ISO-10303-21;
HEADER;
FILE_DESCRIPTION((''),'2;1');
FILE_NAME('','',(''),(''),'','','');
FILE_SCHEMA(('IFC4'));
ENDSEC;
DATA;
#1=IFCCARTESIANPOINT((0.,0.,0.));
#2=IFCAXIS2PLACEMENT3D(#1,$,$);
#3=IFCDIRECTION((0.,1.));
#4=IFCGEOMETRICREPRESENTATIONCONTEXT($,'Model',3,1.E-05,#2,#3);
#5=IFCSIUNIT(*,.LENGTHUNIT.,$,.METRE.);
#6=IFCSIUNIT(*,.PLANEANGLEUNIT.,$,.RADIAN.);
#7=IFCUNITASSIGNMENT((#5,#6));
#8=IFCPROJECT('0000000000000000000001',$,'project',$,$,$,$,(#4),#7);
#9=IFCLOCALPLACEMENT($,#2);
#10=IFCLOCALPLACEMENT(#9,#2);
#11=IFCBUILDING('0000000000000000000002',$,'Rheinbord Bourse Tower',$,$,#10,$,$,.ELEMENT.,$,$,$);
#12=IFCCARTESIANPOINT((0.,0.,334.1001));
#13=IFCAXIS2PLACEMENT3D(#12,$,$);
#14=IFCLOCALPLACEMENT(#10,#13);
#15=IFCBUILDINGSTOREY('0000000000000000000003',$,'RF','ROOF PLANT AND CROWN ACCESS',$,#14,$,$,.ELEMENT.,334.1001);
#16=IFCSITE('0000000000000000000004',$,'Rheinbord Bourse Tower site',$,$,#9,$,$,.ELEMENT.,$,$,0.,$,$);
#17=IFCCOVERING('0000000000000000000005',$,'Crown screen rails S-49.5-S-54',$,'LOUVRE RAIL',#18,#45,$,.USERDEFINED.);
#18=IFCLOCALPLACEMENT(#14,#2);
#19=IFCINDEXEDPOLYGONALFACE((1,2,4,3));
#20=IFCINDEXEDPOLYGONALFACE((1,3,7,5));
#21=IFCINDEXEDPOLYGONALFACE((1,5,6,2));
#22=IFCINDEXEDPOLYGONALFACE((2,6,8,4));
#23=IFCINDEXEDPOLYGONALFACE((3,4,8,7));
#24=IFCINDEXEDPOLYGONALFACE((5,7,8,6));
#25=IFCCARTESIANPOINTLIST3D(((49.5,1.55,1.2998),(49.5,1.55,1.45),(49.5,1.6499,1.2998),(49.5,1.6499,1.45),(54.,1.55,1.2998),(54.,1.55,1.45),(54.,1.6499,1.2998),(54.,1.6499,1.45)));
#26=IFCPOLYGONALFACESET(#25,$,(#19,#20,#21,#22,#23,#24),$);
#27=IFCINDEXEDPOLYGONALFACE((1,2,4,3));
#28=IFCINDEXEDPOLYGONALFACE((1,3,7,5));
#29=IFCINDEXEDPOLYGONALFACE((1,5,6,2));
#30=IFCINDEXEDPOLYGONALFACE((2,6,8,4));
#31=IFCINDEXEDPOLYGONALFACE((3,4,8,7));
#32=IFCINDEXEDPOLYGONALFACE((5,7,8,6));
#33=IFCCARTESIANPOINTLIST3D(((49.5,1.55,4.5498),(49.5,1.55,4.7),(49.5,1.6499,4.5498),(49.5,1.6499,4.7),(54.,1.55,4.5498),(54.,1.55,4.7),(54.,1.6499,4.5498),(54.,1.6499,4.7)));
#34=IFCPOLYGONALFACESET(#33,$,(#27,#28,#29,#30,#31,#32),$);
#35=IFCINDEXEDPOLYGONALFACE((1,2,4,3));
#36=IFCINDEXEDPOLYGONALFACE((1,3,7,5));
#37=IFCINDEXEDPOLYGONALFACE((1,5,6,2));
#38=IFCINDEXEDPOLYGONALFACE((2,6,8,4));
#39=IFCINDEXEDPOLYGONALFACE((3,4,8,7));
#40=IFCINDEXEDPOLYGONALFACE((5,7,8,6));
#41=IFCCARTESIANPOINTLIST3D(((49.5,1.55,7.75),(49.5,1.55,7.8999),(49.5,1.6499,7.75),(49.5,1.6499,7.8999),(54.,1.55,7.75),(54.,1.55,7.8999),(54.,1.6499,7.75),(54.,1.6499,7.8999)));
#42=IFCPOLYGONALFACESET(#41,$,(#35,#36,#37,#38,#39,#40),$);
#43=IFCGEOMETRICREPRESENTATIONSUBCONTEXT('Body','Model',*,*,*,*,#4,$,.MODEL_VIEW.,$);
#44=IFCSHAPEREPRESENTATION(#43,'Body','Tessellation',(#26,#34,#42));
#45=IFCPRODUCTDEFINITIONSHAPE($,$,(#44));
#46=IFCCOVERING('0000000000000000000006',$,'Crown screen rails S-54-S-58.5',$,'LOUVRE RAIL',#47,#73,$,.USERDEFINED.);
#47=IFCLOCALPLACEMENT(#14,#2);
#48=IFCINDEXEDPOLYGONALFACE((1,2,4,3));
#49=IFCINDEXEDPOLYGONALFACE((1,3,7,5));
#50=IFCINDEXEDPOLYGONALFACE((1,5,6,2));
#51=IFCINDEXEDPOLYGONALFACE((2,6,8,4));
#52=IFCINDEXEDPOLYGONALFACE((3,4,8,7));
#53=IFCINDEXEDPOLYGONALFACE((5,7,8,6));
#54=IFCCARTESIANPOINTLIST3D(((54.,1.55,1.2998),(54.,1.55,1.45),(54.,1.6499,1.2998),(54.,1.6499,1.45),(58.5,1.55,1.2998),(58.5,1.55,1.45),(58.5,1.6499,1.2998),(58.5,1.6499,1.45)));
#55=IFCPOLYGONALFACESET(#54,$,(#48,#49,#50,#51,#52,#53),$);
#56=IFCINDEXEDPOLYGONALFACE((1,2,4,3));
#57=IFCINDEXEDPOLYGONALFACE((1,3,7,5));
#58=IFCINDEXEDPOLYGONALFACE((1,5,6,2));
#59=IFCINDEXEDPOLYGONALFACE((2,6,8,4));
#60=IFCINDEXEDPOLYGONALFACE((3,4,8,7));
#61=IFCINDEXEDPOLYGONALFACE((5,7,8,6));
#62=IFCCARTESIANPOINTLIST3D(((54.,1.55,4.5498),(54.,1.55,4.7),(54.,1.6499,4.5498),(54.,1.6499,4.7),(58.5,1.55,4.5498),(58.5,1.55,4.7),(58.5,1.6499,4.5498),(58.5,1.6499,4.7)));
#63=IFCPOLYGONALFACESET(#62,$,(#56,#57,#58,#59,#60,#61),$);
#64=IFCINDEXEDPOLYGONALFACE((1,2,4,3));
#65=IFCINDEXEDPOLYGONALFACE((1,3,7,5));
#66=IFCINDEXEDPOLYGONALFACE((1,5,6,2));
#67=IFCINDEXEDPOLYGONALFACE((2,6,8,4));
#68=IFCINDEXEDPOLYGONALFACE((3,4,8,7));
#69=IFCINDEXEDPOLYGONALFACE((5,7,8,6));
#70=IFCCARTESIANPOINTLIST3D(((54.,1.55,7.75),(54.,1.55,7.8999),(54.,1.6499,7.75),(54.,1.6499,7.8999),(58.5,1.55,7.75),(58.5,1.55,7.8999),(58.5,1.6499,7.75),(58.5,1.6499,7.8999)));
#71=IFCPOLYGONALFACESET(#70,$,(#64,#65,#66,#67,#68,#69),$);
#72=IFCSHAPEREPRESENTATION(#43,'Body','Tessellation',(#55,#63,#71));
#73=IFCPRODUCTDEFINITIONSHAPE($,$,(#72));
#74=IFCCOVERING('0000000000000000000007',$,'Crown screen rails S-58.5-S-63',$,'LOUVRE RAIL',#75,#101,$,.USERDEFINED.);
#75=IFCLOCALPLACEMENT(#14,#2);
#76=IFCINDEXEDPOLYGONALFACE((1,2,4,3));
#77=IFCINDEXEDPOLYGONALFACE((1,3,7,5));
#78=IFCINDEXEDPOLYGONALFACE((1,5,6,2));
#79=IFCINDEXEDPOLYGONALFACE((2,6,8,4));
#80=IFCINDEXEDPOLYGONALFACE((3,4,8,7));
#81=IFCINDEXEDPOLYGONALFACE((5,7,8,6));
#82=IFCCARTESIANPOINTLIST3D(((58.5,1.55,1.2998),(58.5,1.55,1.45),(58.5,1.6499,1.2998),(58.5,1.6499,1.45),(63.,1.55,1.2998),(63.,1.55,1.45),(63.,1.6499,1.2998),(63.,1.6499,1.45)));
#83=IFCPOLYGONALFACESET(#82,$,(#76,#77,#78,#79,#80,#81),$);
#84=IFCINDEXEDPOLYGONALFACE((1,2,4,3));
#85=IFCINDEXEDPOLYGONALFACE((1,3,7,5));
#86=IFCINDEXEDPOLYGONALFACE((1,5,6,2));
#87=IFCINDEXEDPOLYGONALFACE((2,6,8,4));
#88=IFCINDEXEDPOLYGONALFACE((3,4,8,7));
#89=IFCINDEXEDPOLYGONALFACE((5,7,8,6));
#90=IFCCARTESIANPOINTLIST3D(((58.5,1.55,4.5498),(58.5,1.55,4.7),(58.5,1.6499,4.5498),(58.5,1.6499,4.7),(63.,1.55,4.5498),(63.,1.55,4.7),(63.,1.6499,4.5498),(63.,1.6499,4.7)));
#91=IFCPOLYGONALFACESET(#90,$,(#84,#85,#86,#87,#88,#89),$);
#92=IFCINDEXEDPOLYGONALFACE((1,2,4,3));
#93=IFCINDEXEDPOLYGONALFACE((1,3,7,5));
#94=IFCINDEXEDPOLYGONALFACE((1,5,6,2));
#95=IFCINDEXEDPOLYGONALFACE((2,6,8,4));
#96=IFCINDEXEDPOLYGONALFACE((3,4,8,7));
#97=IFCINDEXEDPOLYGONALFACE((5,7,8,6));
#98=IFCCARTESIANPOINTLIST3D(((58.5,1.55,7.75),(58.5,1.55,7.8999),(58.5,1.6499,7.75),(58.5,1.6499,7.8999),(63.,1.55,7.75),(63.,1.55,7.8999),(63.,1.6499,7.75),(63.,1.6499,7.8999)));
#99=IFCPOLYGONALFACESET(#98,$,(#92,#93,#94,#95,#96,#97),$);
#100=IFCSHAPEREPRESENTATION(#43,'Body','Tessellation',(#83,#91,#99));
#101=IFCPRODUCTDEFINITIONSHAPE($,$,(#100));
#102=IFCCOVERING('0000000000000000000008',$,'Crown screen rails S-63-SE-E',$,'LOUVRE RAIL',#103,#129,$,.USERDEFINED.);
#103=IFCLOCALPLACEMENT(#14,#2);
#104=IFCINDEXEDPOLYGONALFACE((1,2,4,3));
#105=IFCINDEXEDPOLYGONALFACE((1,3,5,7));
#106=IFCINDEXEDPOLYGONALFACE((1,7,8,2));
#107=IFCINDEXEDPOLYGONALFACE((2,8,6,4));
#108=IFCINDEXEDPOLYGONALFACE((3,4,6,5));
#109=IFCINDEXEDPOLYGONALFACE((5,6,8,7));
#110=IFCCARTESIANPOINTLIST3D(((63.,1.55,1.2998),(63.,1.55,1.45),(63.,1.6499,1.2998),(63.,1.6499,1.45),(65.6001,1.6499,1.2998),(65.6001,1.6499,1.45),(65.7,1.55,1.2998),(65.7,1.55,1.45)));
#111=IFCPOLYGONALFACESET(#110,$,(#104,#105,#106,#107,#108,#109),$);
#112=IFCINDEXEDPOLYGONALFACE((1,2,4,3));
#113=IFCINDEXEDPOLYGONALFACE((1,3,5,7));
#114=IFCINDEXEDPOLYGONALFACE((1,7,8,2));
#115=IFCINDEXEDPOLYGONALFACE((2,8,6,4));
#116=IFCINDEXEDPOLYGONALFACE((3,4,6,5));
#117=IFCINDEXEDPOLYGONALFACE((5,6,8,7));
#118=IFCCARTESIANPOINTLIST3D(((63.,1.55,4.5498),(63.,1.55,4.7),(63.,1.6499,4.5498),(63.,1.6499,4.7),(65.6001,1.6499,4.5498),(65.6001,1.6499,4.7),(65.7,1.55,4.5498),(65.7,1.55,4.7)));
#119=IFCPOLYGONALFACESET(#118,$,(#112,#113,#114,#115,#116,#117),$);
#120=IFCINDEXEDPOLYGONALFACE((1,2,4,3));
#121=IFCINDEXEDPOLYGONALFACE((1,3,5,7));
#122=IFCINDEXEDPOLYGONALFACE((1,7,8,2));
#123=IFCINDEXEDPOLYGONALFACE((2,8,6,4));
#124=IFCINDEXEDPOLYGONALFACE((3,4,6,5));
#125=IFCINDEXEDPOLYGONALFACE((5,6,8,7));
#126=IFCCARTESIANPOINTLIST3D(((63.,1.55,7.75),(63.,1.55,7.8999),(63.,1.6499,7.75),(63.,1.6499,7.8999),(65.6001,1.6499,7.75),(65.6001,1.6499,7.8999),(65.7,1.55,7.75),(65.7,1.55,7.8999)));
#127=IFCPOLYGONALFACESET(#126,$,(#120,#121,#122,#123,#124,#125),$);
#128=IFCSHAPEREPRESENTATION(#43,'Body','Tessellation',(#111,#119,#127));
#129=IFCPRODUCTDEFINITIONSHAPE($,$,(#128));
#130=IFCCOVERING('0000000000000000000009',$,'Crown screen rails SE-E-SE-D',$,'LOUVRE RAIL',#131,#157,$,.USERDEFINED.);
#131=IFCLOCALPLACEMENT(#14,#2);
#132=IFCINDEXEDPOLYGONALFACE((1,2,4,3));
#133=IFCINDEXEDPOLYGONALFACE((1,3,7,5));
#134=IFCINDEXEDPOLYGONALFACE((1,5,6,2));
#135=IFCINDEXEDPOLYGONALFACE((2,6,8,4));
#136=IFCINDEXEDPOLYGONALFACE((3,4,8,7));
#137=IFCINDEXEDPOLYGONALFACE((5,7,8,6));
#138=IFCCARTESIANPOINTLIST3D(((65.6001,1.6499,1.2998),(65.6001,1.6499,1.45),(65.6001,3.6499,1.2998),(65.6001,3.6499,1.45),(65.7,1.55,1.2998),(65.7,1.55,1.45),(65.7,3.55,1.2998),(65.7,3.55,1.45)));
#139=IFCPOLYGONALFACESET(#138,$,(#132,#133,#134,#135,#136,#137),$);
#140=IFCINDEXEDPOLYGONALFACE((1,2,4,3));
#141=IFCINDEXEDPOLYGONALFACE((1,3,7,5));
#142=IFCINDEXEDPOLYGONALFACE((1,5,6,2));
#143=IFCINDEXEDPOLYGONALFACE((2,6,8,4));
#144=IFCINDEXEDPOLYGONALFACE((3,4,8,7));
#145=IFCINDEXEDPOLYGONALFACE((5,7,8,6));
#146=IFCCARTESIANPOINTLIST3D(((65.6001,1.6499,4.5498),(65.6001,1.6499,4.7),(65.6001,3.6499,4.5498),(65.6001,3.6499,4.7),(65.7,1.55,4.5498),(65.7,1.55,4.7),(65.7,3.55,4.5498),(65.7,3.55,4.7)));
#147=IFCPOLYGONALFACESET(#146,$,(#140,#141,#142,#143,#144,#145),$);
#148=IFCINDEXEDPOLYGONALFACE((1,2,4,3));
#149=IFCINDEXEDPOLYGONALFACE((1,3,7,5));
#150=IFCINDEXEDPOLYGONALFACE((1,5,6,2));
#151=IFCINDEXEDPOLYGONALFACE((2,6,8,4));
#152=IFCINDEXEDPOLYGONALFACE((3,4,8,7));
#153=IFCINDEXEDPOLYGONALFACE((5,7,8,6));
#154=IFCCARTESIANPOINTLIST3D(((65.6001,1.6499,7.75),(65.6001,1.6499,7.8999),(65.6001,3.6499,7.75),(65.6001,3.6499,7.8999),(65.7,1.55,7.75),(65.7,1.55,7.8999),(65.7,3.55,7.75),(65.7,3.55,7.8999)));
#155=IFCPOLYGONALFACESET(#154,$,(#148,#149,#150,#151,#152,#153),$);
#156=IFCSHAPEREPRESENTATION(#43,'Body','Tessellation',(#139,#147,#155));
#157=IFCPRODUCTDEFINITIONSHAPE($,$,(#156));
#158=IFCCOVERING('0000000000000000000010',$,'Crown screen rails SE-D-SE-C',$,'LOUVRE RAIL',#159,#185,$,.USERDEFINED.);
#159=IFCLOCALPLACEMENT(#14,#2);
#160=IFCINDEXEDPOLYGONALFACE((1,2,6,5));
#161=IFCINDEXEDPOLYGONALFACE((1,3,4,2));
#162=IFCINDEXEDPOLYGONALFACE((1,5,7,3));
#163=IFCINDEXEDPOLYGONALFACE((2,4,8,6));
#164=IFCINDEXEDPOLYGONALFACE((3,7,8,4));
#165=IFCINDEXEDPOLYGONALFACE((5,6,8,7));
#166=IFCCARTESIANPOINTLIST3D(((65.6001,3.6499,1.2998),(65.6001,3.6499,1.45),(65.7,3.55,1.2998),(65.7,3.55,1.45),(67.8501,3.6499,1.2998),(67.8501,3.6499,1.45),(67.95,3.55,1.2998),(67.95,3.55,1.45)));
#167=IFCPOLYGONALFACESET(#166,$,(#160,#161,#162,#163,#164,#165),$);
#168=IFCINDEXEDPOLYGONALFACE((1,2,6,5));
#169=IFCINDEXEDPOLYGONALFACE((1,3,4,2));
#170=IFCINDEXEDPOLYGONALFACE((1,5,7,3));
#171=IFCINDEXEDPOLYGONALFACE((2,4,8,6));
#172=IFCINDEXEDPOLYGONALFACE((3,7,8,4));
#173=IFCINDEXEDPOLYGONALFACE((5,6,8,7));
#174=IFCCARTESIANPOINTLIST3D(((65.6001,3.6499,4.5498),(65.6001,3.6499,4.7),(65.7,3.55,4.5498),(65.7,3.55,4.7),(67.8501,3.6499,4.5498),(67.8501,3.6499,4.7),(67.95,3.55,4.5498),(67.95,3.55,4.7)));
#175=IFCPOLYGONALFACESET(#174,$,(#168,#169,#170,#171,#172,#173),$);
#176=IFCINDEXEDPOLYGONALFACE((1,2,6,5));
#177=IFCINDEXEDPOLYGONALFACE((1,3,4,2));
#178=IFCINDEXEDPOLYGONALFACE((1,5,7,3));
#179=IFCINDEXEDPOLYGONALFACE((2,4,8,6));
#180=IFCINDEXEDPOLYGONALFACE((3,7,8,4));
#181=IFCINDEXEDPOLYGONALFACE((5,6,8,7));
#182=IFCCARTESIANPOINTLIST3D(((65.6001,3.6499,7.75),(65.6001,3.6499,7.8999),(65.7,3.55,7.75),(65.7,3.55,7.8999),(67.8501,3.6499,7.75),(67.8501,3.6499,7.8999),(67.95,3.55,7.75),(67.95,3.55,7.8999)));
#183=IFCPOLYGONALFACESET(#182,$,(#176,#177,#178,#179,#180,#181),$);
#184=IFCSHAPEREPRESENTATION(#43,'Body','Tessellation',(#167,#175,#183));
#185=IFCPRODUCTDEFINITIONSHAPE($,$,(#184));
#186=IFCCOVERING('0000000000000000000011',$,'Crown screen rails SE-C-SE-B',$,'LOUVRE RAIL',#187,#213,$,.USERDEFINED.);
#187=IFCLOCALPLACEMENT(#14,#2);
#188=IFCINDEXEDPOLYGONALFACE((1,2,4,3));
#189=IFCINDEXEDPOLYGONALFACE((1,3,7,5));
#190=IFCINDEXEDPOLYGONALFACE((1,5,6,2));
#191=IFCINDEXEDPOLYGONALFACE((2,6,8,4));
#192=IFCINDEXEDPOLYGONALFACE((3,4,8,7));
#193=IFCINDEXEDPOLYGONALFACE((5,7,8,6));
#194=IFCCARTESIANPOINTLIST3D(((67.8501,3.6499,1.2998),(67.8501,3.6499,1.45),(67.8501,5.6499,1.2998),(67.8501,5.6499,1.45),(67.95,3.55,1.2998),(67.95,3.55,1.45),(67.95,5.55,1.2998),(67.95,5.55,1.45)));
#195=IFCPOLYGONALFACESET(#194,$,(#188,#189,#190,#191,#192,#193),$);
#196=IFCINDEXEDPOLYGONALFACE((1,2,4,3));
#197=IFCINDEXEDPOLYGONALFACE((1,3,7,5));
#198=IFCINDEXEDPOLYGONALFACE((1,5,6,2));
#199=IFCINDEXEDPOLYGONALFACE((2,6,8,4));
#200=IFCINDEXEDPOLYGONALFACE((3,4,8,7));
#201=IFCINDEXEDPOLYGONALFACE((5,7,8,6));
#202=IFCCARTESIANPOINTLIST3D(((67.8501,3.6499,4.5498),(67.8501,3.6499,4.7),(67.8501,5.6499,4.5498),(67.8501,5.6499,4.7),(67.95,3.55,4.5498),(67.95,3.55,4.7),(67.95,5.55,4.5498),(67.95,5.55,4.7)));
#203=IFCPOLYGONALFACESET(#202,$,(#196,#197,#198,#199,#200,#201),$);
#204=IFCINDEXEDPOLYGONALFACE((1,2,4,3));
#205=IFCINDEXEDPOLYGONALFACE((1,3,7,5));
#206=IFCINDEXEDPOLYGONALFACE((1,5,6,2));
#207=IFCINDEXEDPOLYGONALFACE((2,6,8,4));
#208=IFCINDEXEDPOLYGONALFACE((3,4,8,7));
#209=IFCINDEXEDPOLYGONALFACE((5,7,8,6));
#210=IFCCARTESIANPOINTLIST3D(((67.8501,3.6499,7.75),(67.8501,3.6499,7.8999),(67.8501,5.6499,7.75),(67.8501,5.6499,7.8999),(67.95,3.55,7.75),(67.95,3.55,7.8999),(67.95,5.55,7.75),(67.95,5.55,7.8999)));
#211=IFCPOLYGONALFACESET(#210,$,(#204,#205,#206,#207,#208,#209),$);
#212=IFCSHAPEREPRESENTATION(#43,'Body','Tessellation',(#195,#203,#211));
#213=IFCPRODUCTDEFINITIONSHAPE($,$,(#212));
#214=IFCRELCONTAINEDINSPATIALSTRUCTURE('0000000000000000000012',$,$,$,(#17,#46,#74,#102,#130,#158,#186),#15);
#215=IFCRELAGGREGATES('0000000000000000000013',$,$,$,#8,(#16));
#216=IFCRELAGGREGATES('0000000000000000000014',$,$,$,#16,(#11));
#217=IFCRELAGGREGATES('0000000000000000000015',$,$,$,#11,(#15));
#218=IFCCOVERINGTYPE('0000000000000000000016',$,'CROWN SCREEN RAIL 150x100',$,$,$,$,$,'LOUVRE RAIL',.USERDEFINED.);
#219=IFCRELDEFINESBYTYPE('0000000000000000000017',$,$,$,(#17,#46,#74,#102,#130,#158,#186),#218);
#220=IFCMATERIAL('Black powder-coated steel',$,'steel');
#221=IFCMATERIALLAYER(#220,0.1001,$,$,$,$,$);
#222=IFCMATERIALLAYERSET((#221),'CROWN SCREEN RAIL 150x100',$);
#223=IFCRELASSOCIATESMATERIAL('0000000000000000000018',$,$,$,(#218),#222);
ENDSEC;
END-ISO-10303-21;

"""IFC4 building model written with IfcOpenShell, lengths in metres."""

from ifc_helpers import new_model, si_unit, direction, frame, origin, place, context, subcontext, project, spatial, polyline, outline, extrude, material, layer, layer_set, type_object, element, save


model = new_model("IFC4")

# Units and contexts
model_context = context("Model", 3, precision=1e-05, world=origin(), true_north=direction((0.0, 1.0)))
body_context = subcontext(model_context, "Body", "Model", "MODEL_VIEW")
ifc_project = project(units=[si_unit("LENGTHUNIT", "METRE"), si_unit("PLANEANGLEUNIT", "RADIAN")], contexts=[model_context])

# Site, building, storey
site_placement = place(None, origin())
site = spatial("IfcSite", under=ifc_project, at=site_placement, Name="Rheinbord Bourse Tower site", CompositionType="ELEMENT", RefElevation=0.0)
building_placement = place(site_placement, origin())
building = spatial("IfcBuilding", under=site, at=building_placement, Name="Rheinbord Bourse Tower", CompositionType="ELEMENT")
storey_placement = place(building_placement, frame((0.0, 0.0, 334.1001)))
storey = spatial("IfcBuildingStorey", under=building, at=storey_placement, Name="RF", Description="ROOF PLANT AND CROWN ACCESS", CompositionType="ELEMENT", Elevation=334.1001)

# Coverings
ifc_material_1 = material(Name="Black powder-coated steel", Category="steel")
ifc_layer_1 = layer(ifc_material_1, 0.1001)
ifc_layer_set_1 = layer_set([ifc_layer_1], Name="CROWN SCREEN RAIL 150x100")
covering_type_1 = type_object("IfcCoveringType", Name="CROWN SCREEN RAIL 150x100", ElementType="LOUVRE RAIL", PredefinedType="USERDEFINED", material=ifc_layer_set_1)
covering_1_placement = place(storey_placement, frame((0.0, 0.0, 1.2998)))
element("IfcCovering", 1, at=covering_1_placement, inside=storey, type_object=covering_type_1, Name="Crown screen rails S-49.5-S-54", ObjectType="LOUVRE RAIL", PredefinedType="USERDEFINED", context=body_context, shape_type="SweptSolid", body=[
    extrude(outline(polyline([(49.5, 1.6499), (54.0, 1.6499), (54.0, 1.55), (49.5, 1.55), (49.5, 1.6499)])), origin(), (0.0, 0.0, 1.0), 0.1501),
    extrude(outline(polyline([(49.5, 1.6499), (54.0, 1.6499), (54.0, 1.55), (49.5, 1.55), (49.5, 1.6499)])), frame((0.0, 0.0, 3.25)), (0.0, 0.0, 1.0), 0.1501),
    extrude(outline(polyline([(49.5, 1.6499), (54.0, 1.6499), (54.0, 1.55), (49.5, 1.55), (49.5, 1.6499)])), frame((0.0, 0.0, 6.4502)), (0.0, 0.0, 1.0), 0.1499),
])
covering_2_placement = place(storey_placement, frame((0.0, 0.0, 1.2998)))
element("IfcCovering", 2, at=covering_2_placement, inside=storey, type_object=covering_type_1, Name="Crown screen rails S-54-S-58.5", ObjectType="LOUVRE RAIL", PredefinedType="USERDEFINED", context=body_context, shape_type="SweptSolid", body=[
    extrude(outline(polyline([(54.0, 1.6499), (58.5, 1.6499), (58.5, 1.55), (54.0, 1.55), (54.0, 1.6499)])), origin(), (0.0, 0.0, 1.0), 0.1501),
    extrude(outline(polyline([(54.0, 1.6499), (58.5, 1.6499), (58.5, 1.55), (54.0, 1.55), (54.0, 1.6499)])), frame((0.0, 0.0, 3.25)), (0.0, 0.0, 1.0), 0.1501),
    extrude(outline(polyline([(54.0, 1.6499), (58.5, 1.6499), (58.5, 1.55), (54.0, 1.55), (54.0, 1.6499)])), frame((0.0, 0.0, 6.4502)), (0.0, 0.0, 1.0), 0.1499),
])
covering_3_placement = place(storey_placement, frame((0.0, 0.0, 1.2998)))
element("IfcCovering", 3, at=covering_3_placement, inside=storey, type_object=covering_type_1, Name="Crown screen rails S-58.5-S-63", ObjectType="LOUVRE RAIL", PredefinedType="USERDEFINED", context=body_context, shape_type="SweptSolid", body=[
    extrude(outline(polyline([(58.5, 1.6499), (63.0, 1.6499), (63.0, 1.55), (58.5, 1.55), (58.5, 1.6499)])), origin(), (0.0, 0.0, 1.0), 0.1501),
    extrude(outline(polyline([(58.5, 1.6499), (63.0, 1.6499), (63.0, 1.55), (58.5, 1.55), (58.5, 1.6499)])), frame((0.0, 0.0, 3.25)), (0.0, 0.0, 1.0), 0.1501),
    extrude(outline(polyline([(58.5, 1.6499), (63.0, 1.6499), (63.0, 1.55), (58.5, 1.55), (58.5, 1.6499)])), frame((0.0, 0.0, 6.4502)), (0.0, 0.0, 1.0), 0.1499),
])
covering_4_placement = place(storey_placement, frame((0.0, 0.0, 1.2998)))
element("IfcCovering", 4, at=covering_4_placement, inside=storey, type_object=covering_type_1, Name="Crown screen rails S-63-SE-E", ObjectType="LOUVRE RAIL", PredefinedType="USERDEFINED", context=body_context, shape_type="SweptSolid", body=[
    extrude(outline(polyline([(63.0, 1.6499), (65.6001, 1.6499), (65.7, 1.55), (63.0, 1.55), (63.0, 1.6499)])), origin(), (0.0, 0.0, 1.0), 0.1501),
    extrude(outline(polyline([(63.0, 1.6499), (65.6001, 1.6499), (65.7, 1.55), (63.0, 1.55), (63.0, 1.6499)])), frame((0.0, 0.0, 3.25)), (0.0, 0.0, 1.0), 0.1501),
    extrude(outline(polyline([(63.0, 1.6499), (65.6001, 1.6499), (65.7, 1.55), (63.0, 1.55), (63.0, 1.6499)])), frame((0.0, 0.0, 6.4502)), (0.0, 0.0, 1.0), 0.1499),
])
covering_5_placement = place(storey_placement, frame((0.0, 0.0, 1.2998)))
element("IfcCovering", 5, at=covering_5_placement, inside=storey, type_object=covering_type_1, Name="Crown screen rails SE-E-SE-D", ObjectType="LOUVRE RAIL", PredefinedType="USERDEFINED", context=body_context, shape_type="SweptSolid", body=[
    extrude(outline(polyline([(65.6001, 1.6499), (65.6001, 3.6499), (65.7, 3.55), (65.7, 1.55), (65.6001, 1.6499)])), origin(), (0.0, 0.0, 1.0), 0.1501),
    extrude(outline(polyline([(65.6001, 1.6499), (65.6001, 3.6499), (65.7, 3.55), (65.7, 1.55), (65.6001, 1.6499)])), frame((0.0, 0.0, 3.25)), (0.0, 0.0, 1.0), 0.1501),
    extrude(outline(polyline([(65.6001, 1.6499), (65.6001, 3.6499), (65.7, 3.55), (65.7, 1.55), (65.6001, 1.6499)])), frame((0.0, 0.0, 6.4502)), (0.0, 0.0, 1.0), 0.1499),
])
covering_6_placement = place(storey_placement, frame((0.0, 0.0, 1.2998)))
element("IfcCovering", 6, at=covering_6_placement, inside=storey, type_object=covering_type_1, Name="Crown screen rails SE-D-SE-C", ObjectType="LOUVRE RAIL", PredefinedType="USERDEFINED", context=body_context, shape_type="SweptSolid", body=[
    extrude(outline(polyline([(65.6001, 3.6499), (67.8501, 3.6499), (67.95, 3.55), (65.7, 3.55), (65.6001, 3.6499)])), origin(), (0.0, 0.0, 1.0), 0.1501),
    extrude(outline(polyline([(65.6001, 3.6499), (67.8501, 3.6499), (67.95, 3.55), (65.7, 3.55), (65.6001, 3.6499)])), frame((0.0, 0.0, 3.25)), (0.0, 0.0, 1.0), 0.1501),
    extrude(outline(polyline([(65.6001, 3.6499), (67.8501, 3.6499), (67.95, 3.55), (65.7, 3.55), (65.6001, 3.6499)])), frame((0.0, 0.0, 6.4502)), (0.0, 0.0, 1.0), 0.1499),
])
covering_7_placement = place(storey_placement, frame((0.0, 0.0, 1.2998)))
element("IfcCovering", 7, at=covering_7_placement, inside=storey, type_object=covering_type_1, Name="Crown screen rails SE-C-SE-B", ObjectType="LOUVRE RAIL", PredefinedType="USERDEFINED", context=body_context, shape_type="SweptSolid", body=[
    extrude(outline(polyline([(67.8501, 3.6499), (67.8501, 5.6499), (67.95, 5.55), (67.95, 3.55), (67.8501, 3.6499)])), origin(), (0.0, 0.0, 1.0), 0.1501),
    extrude(outline(polyline([(67.8501, 3.6499), (67.8501, 5.6499), (67.95, 5.55), (67.95, 3.55), (67.8501, 3.6499)])), frame((0.0, 0.0, 3.25)), (0.0, 0.0, 1.0), 0.1501),
    extrude(outline(polyline([(67.8501, 3.6499), (67.8501, 5.6499), (67.95, 5.55), (67.95, 3.55), (67.8501, 3.6499)])), frame((0.0, 0.0, 6.4502)), (0.0, 0.0, 1.0), 0.1499),
])

save(model, "model.ifc")
